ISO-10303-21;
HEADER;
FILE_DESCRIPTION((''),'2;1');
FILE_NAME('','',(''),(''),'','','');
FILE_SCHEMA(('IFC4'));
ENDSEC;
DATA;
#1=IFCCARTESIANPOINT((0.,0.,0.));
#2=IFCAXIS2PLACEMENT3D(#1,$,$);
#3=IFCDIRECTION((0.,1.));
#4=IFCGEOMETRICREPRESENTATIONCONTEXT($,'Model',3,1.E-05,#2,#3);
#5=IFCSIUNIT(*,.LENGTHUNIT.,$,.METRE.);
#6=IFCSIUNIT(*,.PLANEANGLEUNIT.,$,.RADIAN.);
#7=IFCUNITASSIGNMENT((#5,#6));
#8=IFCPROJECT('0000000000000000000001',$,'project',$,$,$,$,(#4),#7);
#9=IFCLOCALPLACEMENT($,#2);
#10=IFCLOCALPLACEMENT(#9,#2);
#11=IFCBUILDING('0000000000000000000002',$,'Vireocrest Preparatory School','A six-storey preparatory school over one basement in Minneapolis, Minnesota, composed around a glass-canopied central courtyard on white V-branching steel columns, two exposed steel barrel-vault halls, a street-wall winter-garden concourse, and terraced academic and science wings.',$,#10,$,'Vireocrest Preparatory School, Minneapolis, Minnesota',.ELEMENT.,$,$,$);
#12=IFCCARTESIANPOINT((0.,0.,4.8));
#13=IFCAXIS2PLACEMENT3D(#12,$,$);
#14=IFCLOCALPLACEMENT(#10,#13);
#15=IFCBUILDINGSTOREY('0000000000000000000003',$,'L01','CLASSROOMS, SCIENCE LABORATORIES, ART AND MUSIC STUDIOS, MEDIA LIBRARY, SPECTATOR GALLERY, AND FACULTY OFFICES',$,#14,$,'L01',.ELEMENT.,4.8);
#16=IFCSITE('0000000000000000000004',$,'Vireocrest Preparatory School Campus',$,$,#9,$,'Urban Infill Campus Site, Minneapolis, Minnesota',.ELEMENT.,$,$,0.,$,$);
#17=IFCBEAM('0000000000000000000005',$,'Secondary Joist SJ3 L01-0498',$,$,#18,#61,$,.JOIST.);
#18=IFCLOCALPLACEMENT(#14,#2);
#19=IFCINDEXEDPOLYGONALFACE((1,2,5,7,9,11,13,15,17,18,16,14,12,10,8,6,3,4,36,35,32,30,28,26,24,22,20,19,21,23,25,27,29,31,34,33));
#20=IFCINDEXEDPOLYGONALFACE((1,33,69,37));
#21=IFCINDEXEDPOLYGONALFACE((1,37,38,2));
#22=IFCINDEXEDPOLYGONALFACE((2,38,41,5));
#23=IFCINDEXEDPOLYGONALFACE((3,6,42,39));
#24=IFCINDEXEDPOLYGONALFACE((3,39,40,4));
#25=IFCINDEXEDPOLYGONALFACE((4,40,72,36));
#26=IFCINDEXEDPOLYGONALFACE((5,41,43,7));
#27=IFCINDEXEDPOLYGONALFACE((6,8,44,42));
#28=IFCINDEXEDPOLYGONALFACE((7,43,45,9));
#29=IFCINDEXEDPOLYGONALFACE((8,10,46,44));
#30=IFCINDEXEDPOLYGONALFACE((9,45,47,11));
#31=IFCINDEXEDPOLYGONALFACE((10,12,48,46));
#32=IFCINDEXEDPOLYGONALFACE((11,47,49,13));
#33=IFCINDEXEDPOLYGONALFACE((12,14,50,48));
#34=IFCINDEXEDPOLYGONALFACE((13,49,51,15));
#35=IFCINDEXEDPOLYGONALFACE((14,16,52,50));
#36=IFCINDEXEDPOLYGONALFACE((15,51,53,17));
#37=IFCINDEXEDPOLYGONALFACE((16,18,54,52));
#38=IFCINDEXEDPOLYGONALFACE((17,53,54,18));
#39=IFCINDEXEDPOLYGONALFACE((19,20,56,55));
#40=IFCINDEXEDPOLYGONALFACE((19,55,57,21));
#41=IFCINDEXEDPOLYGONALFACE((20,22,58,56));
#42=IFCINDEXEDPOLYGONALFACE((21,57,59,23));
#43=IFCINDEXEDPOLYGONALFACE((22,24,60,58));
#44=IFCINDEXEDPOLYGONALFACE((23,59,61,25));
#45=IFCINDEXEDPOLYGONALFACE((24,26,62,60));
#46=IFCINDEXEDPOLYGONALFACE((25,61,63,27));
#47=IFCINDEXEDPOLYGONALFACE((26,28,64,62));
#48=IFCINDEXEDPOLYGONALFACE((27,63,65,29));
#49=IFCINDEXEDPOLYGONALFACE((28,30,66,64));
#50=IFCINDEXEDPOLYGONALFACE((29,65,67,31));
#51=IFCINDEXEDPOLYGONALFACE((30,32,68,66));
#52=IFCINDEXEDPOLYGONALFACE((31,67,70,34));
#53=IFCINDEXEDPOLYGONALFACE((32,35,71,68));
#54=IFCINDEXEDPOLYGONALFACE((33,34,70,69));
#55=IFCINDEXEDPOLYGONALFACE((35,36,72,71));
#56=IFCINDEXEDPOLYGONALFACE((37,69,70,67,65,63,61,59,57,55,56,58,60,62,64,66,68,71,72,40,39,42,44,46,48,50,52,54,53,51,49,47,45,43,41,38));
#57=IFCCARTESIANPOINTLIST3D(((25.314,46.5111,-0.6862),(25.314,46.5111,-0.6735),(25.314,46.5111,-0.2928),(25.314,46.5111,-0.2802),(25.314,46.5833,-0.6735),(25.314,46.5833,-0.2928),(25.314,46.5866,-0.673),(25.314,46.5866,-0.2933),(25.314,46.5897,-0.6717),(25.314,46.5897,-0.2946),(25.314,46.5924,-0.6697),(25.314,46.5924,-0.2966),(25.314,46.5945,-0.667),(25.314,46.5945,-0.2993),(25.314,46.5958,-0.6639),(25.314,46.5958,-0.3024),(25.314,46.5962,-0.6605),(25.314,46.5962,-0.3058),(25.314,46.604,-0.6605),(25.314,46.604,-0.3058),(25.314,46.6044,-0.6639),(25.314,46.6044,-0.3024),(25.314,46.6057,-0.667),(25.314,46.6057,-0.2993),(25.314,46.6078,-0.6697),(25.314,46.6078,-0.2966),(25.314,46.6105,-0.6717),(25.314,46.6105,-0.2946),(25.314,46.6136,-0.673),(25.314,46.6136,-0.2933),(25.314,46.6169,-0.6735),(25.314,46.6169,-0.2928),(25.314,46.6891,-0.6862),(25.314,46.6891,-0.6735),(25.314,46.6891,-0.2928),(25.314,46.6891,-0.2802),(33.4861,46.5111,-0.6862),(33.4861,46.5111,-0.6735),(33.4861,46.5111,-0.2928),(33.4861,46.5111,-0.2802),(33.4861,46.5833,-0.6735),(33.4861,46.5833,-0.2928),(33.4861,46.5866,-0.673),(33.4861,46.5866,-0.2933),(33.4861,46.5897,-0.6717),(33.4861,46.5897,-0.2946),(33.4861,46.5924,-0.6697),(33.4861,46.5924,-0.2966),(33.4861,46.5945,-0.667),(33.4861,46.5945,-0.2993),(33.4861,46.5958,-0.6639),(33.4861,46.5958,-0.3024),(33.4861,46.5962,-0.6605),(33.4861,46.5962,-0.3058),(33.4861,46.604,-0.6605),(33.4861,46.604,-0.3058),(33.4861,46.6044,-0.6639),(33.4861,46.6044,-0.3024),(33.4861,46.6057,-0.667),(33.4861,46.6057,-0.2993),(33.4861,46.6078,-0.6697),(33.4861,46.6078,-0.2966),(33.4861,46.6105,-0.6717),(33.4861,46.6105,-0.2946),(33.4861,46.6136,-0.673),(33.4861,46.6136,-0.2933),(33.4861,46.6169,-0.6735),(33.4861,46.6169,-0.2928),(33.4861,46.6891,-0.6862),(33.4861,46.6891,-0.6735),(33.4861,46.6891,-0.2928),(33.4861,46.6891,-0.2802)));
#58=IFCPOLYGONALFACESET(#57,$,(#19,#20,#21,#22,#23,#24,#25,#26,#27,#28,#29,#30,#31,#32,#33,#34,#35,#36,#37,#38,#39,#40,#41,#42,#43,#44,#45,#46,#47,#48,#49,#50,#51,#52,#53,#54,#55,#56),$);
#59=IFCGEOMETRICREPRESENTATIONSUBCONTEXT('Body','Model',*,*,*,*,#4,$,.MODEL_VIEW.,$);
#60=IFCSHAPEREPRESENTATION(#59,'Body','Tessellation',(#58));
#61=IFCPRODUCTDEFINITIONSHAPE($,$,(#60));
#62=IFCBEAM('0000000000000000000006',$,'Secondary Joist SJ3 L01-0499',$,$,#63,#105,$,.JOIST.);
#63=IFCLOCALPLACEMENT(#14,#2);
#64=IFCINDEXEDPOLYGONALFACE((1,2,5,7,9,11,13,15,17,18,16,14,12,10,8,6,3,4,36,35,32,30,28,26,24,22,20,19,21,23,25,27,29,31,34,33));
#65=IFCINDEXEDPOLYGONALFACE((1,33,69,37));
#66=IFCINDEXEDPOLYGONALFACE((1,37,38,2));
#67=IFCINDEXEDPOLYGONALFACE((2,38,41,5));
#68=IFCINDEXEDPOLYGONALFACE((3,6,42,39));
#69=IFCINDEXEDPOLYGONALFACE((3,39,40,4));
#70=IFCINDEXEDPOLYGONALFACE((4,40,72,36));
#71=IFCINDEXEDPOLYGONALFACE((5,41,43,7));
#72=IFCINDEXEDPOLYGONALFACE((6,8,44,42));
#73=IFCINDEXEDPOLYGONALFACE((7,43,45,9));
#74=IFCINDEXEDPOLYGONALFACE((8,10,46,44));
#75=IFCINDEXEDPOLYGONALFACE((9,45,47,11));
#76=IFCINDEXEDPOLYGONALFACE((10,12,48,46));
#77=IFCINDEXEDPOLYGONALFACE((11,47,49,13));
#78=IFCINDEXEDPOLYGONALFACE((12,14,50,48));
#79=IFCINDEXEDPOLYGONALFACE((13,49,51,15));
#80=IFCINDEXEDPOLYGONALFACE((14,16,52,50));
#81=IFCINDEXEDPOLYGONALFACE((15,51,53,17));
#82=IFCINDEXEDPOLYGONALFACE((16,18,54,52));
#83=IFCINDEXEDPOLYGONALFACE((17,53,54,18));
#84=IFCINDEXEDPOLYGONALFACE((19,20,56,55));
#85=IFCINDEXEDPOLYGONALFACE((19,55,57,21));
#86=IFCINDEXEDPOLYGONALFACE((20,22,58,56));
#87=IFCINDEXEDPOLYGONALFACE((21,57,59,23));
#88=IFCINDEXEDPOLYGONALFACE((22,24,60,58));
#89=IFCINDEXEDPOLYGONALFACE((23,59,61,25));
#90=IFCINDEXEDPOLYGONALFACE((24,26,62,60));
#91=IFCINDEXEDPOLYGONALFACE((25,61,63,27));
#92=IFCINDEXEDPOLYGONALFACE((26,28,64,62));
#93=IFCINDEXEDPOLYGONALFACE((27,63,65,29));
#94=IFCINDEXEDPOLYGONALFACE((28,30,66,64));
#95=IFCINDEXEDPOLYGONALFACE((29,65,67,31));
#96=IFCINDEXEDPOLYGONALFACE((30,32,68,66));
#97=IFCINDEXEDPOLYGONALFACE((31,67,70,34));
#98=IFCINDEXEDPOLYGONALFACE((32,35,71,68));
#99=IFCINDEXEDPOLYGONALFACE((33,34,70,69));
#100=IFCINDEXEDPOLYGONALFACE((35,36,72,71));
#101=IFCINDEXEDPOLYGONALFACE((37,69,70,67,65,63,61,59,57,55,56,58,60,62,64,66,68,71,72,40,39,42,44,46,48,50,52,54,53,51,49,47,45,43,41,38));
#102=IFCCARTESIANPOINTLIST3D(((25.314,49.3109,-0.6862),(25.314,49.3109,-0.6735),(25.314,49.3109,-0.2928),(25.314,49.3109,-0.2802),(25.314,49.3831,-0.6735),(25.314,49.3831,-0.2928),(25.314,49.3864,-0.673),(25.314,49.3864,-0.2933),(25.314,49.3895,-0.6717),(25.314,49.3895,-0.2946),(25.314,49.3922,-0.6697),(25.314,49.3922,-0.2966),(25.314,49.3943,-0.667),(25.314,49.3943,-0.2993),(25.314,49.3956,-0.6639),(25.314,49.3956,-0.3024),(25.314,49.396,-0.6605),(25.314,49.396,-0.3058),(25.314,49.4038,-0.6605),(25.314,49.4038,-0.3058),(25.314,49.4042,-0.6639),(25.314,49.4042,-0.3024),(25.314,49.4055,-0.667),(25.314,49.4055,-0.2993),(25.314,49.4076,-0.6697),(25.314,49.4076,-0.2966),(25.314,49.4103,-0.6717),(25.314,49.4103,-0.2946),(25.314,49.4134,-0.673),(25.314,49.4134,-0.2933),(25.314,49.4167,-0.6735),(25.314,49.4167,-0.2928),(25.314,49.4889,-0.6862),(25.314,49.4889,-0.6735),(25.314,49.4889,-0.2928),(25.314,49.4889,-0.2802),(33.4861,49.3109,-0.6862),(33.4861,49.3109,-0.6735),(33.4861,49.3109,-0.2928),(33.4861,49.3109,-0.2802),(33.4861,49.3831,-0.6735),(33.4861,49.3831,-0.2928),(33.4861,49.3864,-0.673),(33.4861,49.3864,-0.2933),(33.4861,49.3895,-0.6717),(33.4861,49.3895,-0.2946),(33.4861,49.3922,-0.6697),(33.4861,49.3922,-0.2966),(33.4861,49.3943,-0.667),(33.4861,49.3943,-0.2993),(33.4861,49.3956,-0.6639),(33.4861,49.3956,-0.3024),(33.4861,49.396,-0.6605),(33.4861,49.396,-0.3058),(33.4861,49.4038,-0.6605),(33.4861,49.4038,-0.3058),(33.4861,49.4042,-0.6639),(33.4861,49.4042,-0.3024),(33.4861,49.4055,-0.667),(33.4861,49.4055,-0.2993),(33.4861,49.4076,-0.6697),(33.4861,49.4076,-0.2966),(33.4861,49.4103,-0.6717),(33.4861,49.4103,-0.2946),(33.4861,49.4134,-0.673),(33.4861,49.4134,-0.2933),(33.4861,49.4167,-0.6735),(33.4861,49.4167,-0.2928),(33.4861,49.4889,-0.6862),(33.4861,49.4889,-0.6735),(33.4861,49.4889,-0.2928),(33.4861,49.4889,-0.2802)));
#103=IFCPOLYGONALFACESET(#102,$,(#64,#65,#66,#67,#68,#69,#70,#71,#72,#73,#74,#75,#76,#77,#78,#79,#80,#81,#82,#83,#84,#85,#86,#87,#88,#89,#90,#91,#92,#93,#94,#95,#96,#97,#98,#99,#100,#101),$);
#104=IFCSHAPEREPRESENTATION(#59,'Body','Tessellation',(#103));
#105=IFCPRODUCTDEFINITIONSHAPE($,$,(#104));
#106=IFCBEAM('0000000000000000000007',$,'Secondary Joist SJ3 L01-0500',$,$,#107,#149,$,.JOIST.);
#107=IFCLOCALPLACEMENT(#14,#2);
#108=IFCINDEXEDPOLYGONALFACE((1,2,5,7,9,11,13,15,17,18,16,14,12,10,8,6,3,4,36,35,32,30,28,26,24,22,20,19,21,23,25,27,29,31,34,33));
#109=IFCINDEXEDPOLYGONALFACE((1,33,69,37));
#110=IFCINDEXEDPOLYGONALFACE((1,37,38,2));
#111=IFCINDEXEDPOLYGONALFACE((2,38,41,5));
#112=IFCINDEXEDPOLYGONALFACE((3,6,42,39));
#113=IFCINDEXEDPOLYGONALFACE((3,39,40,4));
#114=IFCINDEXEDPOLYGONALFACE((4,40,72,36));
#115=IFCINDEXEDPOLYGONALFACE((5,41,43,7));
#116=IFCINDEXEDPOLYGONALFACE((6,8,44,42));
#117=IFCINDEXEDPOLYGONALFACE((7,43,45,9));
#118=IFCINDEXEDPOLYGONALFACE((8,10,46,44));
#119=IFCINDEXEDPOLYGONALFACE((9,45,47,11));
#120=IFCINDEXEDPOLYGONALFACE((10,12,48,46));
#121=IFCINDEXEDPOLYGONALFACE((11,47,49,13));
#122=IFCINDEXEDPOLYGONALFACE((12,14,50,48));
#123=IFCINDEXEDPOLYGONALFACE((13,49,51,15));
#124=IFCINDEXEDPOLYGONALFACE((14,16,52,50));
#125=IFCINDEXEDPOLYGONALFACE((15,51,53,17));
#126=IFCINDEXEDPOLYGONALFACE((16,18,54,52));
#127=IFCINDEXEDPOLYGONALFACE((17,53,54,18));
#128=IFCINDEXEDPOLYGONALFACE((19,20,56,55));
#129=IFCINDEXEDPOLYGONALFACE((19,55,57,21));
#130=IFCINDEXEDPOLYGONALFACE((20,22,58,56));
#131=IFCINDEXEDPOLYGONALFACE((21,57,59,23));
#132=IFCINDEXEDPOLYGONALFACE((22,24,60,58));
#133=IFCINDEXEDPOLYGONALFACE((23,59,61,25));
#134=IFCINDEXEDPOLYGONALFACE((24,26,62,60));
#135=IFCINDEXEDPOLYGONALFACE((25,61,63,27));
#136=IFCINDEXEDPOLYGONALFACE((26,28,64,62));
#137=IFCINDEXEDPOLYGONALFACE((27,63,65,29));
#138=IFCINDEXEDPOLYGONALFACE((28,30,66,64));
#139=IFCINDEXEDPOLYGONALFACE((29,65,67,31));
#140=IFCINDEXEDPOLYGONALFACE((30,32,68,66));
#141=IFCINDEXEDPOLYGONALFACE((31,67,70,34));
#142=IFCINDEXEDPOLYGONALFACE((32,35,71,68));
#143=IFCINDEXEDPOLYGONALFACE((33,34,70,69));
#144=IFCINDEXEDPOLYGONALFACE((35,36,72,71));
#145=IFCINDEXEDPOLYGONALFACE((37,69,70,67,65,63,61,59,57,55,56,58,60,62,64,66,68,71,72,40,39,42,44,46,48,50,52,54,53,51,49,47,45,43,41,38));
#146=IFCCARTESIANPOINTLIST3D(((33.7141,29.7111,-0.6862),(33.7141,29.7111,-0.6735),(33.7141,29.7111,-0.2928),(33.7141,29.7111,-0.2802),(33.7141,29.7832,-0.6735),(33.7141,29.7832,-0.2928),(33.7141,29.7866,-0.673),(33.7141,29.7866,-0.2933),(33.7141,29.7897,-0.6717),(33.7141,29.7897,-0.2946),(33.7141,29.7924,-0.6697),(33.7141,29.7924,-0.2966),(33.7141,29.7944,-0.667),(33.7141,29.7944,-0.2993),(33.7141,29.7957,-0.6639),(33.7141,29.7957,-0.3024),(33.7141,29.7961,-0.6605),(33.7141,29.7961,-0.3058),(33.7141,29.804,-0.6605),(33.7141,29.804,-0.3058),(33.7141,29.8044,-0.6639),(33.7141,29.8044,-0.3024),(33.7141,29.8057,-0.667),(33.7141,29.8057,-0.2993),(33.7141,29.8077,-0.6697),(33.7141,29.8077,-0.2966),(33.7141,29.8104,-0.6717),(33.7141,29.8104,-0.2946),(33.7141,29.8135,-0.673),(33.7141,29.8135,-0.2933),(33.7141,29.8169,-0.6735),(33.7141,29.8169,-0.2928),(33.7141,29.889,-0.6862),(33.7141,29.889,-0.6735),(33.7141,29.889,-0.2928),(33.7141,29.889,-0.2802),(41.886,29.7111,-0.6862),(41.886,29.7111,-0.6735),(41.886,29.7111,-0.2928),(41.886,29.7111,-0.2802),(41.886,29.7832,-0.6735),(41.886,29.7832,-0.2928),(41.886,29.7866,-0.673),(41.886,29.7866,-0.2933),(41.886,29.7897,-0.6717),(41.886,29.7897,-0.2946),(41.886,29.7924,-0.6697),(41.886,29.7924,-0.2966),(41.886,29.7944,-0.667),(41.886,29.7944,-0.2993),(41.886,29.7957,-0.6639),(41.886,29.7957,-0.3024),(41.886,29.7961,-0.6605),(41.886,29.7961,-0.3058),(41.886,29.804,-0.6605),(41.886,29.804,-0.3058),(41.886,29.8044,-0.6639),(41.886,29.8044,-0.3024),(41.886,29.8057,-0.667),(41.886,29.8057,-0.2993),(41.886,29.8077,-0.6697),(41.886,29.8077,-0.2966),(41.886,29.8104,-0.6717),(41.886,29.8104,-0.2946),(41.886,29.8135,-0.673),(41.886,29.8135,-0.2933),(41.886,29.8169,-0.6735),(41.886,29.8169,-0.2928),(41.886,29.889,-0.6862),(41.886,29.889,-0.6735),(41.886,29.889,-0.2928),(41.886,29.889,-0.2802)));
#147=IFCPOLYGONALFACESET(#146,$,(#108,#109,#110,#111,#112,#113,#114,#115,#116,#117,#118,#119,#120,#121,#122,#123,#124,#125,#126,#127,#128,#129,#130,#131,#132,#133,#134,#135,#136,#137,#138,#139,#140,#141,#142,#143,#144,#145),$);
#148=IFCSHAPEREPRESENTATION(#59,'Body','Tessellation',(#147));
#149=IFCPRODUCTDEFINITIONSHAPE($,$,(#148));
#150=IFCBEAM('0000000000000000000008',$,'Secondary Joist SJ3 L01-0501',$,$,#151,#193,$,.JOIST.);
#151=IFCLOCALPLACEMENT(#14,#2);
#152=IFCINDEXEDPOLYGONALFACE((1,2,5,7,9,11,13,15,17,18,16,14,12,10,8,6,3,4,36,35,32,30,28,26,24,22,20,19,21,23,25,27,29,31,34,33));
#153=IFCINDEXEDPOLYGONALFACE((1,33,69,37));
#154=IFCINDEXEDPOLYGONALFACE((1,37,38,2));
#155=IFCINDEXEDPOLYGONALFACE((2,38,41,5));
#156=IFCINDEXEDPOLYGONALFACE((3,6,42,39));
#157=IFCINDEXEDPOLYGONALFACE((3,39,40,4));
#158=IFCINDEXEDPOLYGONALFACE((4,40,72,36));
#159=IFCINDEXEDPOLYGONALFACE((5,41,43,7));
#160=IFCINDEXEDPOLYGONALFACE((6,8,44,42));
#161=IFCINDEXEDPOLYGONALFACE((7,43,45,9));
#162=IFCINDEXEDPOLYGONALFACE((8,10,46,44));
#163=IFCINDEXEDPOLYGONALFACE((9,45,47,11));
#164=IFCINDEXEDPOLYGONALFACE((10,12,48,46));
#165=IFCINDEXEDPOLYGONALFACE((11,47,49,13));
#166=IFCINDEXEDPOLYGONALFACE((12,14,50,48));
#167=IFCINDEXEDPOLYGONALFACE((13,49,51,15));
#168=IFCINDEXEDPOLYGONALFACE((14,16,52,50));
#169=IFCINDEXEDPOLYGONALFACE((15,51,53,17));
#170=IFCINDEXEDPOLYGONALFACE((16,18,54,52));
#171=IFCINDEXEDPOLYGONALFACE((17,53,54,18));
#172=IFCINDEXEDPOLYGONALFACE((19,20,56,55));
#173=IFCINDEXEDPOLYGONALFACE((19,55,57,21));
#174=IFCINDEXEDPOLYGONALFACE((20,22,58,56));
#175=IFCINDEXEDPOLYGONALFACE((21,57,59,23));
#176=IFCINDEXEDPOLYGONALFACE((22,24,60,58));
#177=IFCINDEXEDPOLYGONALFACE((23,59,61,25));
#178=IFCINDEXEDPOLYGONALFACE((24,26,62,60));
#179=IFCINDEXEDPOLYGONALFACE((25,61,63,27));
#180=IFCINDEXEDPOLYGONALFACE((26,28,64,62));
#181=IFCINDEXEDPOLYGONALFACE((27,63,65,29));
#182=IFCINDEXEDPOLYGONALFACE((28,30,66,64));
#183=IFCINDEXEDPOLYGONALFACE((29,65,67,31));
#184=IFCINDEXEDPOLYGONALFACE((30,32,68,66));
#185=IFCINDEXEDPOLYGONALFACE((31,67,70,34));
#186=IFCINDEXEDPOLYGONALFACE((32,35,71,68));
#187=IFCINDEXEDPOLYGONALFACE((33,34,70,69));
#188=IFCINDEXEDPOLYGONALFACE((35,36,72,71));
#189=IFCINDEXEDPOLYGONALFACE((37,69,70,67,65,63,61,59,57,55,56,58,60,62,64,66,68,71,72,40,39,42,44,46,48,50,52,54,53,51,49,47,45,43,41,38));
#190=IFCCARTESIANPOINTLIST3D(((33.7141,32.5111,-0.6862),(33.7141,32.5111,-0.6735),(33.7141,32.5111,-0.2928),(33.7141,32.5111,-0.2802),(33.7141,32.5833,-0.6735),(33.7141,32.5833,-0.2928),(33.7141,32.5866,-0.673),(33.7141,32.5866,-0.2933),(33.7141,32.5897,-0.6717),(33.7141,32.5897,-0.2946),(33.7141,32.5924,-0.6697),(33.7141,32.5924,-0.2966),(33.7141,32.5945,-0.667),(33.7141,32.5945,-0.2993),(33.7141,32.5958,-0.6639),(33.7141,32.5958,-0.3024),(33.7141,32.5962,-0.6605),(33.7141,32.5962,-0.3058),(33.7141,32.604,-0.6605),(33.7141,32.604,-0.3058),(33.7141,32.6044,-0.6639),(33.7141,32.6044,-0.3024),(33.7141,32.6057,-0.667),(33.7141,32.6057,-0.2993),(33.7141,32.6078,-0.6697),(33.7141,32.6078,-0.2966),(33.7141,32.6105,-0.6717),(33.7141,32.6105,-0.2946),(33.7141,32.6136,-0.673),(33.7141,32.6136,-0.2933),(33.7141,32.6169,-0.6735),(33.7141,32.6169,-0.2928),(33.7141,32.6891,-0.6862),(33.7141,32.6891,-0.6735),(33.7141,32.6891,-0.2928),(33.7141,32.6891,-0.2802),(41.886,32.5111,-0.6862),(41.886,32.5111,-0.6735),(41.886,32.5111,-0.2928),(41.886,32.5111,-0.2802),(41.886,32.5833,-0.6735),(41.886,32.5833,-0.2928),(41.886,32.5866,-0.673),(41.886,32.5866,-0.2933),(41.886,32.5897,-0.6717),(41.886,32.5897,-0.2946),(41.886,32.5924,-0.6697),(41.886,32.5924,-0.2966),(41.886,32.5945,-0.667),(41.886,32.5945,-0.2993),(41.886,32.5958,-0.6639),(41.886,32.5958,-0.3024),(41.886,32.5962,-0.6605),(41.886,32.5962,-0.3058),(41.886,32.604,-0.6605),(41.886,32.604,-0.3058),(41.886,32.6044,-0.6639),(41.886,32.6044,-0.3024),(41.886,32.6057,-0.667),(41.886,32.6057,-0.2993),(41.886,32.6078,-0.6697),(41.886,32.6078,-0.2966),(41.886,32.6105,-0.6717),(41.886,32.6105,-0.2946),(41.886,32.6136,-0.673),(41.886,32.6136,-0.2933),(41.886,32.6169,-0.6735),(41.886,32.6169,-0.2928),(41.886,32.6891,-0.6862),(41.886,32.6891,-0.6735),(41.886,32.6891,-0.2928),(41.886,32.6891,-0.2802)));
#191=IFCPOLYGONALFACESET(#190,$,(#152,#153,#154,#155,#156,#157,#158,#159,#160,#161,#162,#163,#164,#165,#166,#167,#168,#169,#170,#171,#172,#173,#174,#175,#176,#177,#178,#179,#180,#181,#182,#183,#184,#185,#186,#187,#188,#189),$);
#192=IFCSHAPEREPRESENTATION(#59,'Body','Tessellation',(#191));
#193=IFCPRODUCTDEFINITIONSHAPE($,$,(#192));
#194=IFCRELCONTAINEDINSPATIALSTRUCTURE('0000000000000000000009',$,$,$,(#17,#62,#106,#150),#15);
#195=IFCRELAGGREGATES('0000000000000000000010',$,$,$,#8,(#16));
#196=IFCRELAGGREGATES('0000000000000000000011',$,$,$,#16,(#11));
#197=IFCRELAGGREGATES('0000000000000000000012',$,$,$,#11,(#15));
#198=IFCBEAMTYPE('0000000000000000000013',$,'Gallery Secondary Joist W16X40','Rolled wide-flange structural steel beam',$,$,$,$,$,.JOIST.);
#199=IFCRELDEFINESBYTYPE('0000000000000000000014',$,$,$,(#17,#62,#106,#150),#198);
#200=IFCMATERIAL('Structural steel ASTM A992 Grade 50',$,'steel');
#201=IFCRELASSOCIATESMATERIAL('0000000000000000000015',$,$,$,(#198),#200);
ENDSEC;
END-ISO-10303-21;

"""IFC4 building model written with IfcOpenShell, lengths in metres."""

from ifc_helpers import new_model, si_unit, direction, frame, origin, origin_2d, place, context, subcontext, project, spatial, i_section, extrude, material, material_profile, profile_set, type_object, element, save


model = new_model("IFC4")

# Units and contexts
model_context = context("Model", 3, precision=1e-05, world=origin(), true_north=direction((0.0, 1.0)))
body_context = subcontext(model_context, "Body", "Model", "MODEL_VIEW")
ifc_project = project(units=[si_unit("LENGTHUNIT", "METRE"), si_unit("PLANEANGLEUNIT", "RADIAN")], contexts=[model_context])

# Site, building, storey
site_placement = place(None, origin())
site = spatial("IfcSite", under=ifc_project, at=site_placement, Name="Vireocrest Preparatory School Campus", LongName="Urban Infill Campus Site, Minneapolis, Minnesota", CompositionType="ELEMENT", RefElevation=0.0)
building_placement = place(site_placement, origin())
building = spatial("IfcBuilding", under=site, at=building_placement, Name="Vireocrest Preparatory School", Description="A six-storey preparatory school over one basement in Minneapolis, Minnesota, composed around a glass-canopied central courtyard on white V-branching steel columns, two exposed steel barrel-vault halls, a street-wall winter-garden concourse, and terraced academic and science wings.", LongName="Vireocrest Preparatory School, Minneapolis, Minnesota", CompositionType="ELEMENT")
storey_placement = place(building_placement, frame((0.0, 0.0, 4.8)))
storey = spatial("IfcBuildingStorey", under=building, at=storey_placement, Name="L01", Description="CLASSROOMS, SCIENCE LABORATORIES, ART AND MUSIC STUDIOS, MEDIA LIBRARY, SPECTATOR GALLERY, AND FACULTY OFFICES", LongName="L01", CompositionType="ELEMENT", Elevation=4.8)

# Beams
ifc_material_1 = material(Name="Structural steel ASTM A992 Grade 50", Category="steel")
ifc_material_profile_1 = material_profile(ifc_material_1, i_section(OverallWidth=0.178, OverallDepth=0.406, WebThickness=0.0078, FlangeThickness=0.0127, FilletRadius=0.0129, at=origin_2d()), Name="W16X40")
ifc_profile_set_1 = profile_set([ifc_material_profile_1], Name="Structural steel ASTM A992 Grade 50")
beam_type_1 = type_object("IfcBeamType", Name="Gallery Secondary Joist W16X40", Description="Rolled wide-flange structural steel beam", PredefinedType="JOIST", material=ifc_profile_set_1)
for number, where, z_axis, x_axis, name in (
    (1, (25.314, 46.6001, -0.4832), (1.0, 0.0, 0.0), (0.0, 1.0, 0.0), "Secondary Joist SJ3 L01-0498"),
    (2, (25.314, 49.3999, -0.4832), (1.0, 0.0, 0.0), (0.0, 1.0, 0.0), "Secondary Joist SJ3 L01-0499"),
):
    element("IfcBeam", number, at=place(storey_placement, frame(where, z_axis=z_axis, x_axis=x_axis)), inside=storey, type_object=beam_type_1, Name=name, PredefinedType="JOIST", context=body_context, shape_type="SweptSolid", body=[
        extrude(i_section(OverallWidth=0.178, OverallDepth=0.406, WebThickness=0.0078, FlangeThickness=0.0127, FilletRadius=0.0129, at=origin_2d()), origin(), (0.0, 0.0, 1.0), 8.1721),
    ])
for number, where, z_axis, x_axis, name in (
    (3, (33.7141, 29.8, -0.4832), (1.0, 0.0, 0.0), (0.0, 1.0, 0.0), "Secondary Joist SJ3 L01-0500"),
    (4, (33.7141, 32.6001, -0.4832), (1.0, 0.0, 0.0), (0.0, 1.0, 0.0), "Secondary Joist SJ3 L01-0501"),
):
    element("IfcBeam", number, at=place(storey_placement, frame(where, z_axis=z_axis, x_axis=x_axis)), inside=storey, type_object=beam_type_1, Name=name, PredefinedType="JOIST", context=body_context, shape_type="SweptSolid", body=[
        extrude(i_section(OverallWidth=0.178, OverallDepth=0.406, WebThickness=0.0078, FlangeThickness=0.0127, FilletRadius=0.0129, at=origin_2d()), origin(), (0.0, 0.0, 1.0), 8.1719),
    ])

save(model, "model.ifc")
